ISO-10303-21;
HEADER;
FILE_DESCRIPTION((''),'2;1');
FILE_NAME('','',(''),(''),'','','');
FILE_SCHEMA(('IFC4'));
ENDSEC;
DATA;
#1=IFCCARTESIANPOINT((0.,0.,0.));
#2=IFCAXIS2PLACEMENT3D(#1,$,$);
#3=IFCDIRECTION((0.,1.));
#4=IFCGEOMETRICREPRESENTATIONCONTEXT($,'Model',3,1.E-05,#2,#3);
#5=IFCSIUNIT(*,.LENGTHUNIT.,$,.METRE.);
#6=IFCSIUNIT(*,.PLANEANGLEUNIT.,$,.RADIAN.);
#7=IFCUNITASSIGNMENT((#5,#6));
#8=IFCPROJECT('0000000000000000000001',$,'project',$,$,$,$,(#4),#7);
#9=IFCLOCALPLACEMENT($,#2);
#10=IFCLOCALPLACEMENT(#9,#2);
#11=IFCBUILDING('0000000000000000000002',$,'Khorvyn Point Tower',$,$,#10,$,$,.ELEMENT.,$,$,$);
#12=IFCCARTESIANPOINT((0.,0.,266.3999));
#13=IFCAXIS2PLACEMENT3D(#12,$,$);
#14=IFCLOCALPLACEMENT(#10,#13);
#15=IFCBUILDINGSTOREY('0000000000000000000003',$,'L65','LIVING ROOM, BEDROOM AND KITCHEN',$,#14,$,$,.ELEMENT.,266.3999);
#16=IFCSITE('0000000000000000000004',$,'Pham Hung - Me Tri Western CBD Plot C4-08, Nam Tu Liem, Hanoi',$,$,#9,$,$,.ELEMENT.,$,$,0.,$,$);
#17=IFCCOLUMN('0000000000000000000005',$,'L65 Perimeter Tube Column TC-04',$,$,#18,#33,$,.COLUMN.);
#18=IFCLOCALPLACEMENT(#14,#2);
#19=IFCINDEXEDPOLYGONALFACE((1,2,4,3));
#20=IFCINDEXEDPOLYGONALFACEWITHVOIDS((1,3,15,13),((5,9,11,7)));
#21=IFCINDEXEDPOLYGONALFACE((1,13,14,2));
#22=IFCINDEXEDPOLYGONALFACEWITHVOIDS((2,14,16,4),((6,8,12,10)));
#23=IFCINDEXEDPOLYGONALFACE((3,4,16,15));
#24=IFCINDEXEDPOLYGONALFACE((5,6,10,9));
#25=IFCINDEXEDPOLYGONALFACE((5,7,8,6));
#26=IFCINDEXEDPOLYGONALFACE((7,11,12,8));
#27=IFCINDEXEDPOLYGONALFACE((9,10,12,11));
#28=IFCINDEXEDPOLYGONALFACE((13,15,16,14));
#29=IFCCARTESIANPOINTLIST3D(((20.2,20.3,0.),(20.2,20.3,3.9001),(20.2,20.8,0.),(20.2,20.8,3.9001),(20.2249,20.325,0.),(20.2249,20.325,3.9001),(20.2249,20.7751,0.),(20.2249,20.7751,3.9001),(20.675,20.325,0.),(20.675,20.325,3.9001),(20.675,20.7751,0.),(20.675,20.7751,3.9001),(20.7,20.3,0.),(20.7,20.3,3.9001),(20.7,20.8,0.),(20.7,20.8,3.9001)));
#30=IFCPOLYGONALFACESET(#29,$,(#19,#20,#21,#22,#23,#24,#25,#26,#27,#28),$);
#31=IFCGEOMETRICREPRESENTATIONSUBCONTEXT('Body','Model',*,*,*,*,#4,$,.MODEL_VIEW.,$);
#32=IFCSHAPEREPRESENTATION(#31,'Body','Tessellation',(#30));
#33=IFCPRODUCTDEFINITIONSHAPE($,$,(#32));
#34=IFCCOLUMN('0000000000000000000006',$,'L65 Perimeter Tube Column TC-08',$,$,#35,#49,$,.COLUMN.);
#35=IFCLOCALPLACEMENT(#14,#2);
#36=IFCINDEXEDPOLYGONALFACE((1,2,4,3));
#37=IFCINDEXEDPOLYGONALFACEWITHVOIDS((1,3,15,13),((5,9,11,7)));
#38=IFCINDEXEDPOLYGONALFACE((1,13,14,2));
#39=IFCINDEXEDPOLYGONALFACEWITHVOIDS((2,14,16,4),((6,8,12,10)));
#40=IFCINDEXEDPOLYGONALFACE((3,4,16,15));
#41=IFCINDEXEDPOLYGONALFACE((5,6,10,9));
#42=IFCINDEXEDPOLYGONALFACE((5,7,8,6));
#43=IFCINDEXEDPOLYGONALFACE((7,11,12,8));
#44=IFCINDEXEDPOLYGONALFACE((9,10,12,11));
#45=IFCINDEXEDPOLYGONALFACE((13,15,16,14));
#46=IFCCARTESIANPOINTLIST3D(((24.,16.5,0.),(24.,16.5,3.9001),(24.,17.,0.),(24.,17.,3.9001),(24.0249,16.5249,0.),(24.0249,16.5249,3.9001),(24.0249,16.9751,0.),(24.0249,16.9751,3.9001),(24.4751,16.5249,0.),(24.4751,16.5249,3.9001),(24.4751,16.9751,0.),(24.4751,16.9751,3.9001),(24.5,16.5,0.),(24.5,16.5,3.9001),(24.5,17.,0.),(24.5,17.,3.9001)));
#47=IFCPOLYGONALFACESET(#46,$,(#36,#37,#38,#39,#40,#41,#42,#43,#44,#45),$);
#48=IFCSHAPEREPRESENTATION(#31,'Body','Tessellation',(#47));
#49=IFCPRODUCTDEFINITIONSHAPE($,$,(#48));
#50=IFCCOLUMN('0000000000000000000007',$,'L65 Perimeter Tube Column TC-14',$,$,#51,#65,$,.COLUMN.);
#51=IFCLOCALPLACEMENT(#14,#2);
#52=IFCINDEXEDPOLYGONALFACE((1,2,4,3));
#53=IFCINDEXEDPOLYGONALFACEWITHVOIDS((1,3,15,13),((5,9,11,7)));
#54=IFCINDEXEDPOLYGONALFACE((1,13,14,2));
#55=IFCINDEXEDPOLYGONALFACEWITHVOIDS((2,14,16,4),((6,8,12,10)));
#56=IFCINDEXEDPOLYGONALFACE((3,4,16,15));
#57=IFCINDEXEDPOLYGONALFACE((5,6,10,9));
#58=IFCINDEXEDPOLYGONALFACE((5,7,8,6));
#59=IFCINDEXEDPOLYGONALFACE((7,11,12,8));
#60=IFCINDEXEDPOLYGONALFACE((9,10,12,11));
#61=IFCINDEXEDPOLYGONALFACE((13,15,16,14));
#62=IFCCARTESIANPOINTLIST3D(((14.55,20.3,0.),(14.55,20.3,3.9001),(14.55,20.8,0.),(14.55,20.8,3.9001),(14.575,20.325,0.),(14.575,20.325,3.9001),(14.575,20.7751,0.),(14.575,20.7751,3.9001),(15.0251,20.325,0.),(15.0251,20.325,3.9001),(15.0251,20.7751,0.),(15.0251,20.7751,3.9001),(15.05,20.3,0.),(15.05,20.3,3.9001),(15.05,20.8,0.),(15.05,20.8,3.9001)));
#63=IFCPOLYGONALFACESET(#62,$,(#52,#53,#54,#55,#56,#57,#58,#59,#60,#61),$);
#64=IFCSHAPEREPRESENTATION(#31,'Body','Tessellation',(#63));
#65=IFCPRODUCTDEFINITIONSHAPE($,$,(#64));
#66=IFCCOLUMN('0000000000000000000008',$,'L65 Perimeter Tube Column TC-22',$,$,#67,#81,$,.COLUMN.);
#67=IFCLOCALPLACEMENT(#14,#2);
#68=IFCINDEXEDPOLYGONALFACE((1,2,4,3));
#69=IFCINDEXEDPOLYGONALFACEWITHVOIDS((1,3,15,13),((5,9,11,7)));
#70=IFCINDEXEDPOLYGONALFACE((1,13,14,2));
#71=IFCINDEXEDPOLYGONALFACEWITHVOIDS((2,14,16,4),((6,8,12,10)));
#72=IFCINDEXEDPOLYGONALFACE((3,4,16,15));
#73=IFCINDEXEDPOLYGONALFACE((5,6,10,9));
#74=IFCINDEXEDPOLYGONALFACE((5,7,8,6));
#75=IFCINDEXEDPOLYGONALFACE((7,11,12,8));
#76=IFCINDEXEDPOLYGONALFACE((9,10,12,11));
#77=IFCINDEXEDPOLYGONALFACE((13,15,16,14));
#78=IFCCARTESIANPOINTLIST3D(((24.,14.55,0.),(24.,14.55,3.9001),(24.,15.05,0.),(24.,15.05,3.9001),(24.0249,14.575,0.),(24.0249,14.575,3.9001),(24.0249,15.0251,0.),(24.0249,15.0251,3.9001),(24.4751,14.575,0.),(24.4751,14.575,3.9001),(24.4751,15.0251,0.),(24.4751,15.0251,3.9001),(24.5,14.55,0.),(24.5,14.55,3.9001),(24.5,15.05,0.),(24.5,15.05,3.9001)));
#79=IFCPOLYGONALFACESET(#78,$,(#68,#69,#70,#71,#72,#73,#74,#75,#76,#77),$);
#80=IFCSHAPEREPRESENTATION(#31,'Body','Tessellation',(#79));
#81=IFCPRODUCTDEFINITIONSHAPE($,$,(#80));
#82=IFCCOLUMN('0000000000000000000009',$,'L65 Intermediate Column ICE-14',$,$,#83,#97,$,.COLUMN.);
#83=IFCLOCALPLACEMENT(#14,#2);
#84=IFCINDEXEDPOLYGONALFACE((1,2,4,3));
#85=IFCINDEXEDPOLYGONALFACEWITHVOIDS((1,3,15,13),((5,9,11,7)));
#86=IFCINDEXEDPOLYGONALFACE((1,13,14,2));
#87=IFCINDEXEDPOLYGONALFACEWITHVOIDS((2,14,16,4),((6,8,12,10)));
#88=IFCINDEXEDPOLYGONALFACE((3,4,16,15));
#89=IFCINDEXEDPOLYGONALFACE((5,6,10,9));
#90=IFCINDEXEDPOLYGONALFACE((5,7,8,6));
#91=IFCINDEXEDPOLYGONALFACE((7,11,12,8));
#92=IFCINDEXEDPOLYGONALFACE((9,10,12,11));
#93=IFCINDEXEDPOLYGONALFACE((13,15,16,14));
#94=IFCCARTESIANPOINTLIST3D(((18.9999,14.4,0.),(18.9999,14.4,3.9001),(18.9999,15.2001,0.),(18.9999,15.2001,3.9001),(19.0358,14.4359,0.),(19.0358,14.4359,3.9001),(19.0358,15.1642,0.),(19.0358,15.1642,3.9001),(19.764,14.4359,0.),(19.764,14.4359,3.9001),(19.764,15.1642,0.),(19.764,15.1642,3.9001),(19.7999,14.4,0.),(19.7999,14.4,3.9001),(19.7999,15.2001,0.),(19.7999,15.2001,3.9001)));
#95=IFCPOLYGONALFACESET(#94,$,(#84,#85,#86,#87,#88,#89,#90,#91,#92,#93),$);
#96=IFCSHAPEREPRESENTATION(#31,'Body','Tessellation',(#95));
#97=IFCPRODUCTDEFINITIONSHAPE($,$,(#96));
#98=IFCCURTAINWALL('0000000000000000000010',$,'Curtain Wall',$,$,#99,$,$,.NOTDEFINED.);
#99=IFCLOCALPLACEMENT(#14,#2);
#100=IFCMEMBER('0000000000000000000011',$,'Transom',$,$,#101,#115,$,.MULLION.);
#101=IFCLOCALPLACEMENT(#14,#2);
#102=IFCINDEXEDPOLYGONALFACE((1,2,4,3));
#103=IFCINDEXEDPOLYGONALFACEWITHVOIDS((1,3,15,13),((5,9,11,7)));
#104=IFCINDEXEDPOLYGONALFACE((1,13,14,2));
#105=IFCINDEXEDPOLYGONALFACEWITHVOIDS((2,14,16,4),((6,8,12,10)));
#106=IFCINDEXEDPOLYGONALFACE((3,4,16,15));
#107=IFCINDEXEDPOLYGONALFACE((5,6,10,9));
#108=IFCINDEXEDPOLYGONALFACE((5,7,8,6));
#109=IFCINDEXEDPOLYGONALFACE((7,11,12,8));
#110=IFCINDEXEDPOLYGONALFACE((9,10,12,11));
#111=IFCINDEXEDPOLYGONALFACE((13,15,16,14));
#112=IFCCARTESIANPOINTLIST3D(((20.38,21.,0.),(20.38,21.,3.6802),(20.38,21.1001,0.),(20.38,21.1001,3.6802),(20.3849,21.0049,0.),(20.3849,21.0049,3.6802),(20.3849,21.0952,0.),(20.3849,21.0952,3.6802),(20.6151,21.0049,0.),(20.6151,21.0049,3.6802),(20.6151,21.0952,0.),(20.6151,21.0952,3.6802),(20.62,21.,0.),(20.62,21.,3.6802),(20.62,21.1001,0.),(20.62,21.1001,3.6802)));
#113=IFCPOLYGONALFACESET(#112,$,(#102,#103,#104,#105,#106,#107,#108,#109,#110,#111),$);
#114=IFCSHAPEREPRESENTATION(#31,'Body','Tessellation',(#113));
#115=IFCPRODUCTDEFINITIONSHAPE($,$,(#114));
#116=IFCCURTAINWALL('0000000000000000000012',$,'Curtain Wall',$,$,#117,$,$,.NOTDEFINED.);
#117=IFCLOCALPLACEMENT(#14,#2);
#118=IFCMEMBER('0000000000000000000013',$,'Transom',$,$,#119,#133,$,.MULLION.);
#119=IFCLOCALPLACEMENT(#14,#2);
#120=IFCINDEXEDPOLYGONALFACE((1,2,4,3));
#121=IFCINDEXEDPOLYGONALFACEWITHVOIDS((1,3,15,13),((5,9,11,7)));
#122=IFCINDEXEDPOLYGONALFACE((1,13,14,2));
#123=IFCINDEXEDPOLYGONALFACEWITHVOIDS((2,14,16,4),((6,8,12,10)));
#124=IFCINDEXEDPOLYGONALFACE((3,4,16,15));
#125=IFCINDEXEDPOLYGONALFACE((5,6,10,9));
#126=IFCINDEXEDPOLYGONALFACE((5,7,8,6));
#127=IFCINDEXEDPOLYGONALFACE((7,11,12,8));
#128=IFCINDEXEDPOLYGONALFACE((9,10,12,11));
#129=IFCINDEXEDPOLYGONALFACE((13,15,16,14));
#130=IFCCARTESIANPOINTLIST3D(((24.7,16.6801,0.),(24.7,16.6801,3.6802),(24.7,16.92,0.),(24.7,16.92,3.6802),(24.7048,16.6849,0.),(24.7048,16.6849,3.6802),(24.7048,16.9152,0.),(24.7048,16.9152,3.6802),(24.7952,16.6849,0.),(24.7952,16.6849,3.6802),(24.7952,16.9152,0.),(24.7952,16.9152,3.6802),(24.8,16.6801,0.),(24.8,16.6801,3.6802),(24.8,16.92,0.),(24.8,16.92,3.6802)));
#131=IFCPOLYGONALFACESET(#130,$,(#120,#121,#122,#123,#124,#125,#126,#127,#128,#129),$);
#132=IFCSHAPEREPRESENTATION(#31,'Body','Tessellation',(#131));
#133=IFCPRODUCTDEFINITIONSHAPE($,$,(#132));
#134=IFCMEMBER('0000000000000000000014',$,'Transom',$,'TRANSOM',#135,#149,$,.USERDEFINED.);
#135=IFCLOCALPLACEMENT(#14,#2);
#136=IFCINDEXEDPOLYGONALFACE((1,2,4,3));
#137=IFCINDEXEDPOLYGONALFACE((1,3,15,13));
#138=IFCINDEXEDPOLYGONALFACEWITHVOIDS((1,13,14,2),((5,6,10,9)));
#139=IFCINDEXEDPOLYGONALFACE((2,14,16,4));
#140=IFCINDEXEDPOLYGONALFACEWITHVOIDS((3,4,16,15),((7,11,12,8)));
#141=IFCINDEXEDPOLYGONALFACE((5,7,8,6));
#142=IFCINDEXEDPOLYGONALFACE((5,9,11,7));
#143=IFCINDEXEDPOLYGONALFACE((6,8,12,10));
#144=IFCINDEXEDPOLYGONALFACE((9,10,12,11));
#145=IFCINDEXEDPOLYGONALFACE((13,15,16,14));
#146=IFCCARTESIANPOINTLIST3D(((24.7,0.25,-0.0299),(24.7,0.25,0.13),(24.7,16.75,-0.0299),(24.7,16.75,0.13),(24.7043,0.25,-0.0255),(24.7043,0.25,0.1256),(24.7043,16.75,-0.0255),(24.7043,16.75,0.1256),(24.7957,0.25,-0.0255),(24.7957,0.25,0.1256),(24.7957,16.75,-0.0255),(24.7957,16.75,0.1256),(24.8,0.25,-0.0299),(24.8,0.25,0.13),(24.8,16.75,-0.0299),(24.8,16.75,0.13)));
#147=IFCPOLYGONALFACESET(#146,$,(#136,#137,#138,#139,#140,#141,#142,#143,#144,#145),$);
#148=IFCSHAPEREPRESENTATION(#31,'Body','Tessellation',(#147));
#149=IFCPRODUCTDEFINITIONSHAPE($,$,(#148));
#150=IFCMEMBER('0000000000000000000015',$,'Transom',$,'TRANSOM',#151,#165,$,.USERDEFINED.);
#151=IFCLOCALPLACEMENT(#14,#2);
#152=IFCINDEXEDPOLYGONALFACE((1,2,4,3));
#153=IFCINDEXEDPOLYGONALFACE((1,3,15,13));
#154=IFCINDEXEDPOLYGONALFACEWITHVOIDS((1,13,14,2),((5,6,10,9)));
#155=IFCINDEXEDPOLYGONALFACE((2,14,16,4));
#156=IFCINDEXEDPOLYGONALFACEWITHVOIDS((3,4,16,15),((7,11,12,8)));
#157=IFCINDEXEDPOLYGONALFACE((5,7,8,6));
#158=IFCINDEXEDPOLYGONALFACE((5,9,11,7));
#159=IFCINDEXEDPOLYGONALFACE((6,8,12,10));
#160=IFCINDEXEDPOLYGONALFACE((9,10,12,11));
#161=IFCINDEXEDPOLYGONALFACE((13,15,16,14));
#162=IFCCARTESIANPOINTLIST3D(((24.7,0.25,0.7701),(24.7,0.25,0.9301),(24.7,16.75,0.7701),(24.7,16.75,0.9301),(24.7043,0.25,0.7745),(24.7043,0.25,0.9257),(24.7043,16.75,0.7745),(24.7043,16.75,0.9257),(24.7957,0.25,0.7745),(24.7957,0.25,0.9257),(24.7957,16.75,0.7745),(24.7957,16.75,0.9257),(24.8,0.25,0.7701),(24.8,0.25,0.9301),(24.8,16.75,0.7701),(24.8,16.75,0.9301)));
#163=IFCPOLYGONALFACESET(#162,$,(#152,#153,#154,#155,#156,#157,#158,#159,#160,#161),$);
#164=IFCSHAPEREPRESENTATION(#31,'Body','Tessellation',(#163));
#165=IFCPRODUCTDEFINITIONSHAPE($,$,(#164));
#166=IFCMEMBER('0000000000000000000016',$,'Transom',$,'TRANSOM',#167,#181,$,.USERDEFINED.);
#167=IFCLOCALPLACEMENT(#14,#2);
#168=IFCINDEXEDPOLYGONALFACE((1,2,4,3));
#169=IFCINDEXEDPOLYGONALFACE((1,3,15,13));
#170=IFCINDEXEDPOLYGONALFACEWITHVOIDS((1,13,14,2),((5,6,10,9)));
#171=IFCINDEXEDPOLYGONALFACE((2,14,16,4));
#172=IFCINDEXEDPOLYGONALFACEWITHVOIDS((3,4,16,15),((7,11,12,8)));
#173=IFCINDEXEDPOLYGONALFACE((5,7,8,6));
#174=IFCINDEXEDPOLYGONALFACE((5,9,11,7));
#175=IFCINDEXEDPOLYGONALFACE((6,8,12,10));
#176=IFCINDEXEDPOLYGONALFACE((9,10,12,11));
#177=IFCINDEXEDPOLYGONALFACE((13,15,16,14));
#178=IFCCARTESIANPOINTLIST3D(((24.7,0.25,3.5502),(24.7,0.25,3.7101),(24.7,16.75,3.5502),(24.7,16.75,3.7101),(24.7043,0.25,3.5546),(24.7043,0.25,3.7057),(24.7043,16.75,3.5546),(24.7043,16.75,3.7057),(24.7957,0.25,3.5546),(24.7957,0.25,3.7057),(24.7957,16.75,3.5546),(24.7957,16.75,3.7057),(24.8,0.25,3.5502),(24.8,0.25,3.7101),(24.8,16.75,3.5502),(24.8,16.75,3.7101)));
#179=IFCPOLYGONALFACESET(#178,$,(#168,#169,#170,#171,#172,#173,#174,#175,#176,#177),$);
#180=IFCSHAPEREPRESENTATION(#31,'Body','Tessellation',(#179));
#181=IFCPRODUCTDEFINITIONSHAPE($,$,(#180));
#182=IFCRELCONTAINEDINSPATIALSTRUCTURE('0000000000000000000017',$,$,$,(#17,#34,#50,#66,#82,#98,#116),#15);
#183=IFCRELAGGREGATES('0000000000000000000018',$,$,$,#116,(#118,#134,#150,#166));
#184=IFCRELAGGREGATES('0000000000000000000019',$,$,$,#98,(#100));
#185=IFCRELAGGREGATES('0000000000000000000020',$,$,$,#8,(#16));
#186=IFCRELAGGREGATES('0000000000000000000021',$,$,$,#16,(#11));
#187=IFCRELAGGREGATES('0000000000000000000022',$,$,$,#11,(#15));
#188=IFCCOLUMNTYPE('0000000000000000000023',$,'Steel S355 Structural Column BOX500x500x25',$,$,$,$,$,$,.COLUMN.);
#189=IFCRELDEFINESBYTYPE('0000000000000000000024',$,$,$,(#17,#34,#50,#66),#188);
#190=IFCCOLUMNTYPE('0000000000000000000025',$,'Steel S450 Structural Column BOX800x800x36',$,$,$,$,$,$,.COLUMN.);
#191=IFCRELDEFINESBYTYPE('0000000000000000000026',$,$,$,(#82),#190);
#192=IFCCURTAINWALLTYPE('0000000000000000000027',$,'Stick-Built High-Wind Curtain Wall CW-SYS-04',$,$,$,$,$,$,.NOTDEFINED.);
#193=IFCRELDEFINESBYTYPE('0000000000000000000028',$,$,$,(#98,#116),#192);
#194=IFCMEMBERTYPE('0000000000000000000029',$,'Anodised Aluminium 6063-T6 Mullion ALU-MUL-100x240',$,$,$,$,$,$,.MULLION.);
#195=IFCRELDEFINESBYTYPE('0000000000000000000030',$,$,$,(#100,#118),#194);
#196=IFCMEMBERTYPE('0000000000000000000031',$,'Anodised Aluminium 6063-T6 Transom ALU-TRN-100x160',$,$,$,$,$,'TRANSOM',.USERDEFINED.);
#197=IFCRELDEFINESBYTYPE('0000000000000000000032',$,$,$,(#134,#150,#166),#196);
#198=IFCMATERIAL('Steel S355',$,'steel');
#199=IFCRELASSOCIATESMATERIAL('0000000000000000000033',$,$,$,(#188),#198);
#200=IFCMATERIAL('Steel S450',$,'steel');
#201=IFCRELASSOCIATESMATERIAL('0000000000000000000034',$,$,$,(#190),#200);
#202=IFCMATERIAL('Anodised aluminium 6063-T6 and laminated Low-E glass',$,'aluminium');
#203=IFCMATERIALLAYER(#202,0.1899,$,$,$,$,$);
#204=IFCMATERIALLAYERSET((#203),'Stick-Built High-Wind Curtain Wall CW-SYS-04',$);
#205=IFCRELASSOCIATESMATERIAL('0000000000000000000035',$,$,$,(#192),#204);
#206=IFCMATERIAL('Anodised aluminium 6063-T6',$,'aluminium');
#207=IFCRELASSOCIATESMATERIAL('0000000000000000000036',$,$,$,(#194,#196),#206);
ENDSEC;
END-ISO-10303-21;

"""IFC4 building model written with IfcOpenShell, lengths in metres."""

from ifc_helpers import new_model, si_unit, direction, frame, origin, origin_2d, place, context, subcontext, project, spatial, hollow_rectangle, extrude, material, layer, layer_set, material_profile, profile_set, type_object, element, aggregate, save


model = new_model("IFC4")

# Units and contexts
model_context = context("Model", 3, precision=1e-05, world=origin(), true_north=direction((0.0, 1.0)))
body_context = subcontext(model_context, "Body", "Model", "MODEL_VIEW")
ifc_project = project(units=[si_unit("LENGTHUNIT", "METRE"), si_unit("PLANEANGLEUNIT", "RADIAN")], contexts=[model_context])

# Site, building, storey
site_placement = place(None, origin())
site = spatial("IfcSite", under=ifc_project, at=site_placement, Name="Pham Hung - Me Tri Western CBD Plot C4-08, Nam Tu Liem, Hanoi", CompositionType="ELEMENT", RefElevation=0.0)
building_placement = place(site_placement, origin())
building = spatial("IfcBuilding", under=site, at=building_placement, Name="Khorvyn Point Tower", CompositionType="ELEMENT")
storey_placement = place(building_placement, frame((0.0, 0.0, 266.3999)))
storey = spatial("IfcBuildingStorey", under=building, at=storey_placement, Name="L65", Description="LIVING ROOM, BEDROOM AND KITCHEN", CompositionType="ELEMENT", Elevation=266.3999)

# Columns
ifc_material_1 = material(Name="Steel S355", Category="steel")
ifc_material_profile_1 = material_profile(ifc_material_1, hollow_rectangle(XDim=0.5, YDim=0.5, WallThickness=0.0249, at=origin_2d()))
ifc_profile_set_1 = profile_set([ifc_material_profile_1], Name="Steel S355 BOX500x500x25")
column_type_1 = type_object("IfcColumnType", Name="Steel S355 Structural Column BOX500x500x25", PredefinedType="COLUMN", material=ifc_profile_set_1)
for number, where, z_axis, x_axis, name in (
    (1, (20.45, 20.55, 0.0), (0.0, 0.0, 1.0), (1.0, 0.0, 0.0), "L65 Perimeter Tube Column TC-04"),
    (2, (24.25, 16.75, 0.0), (0.0, 0.0, 1.0), (1.0, 0.0, 0.0), "L65 Perimeter Tube Column TC-08"),
    (3, (14.8, 20.55, 0.0), (0.0, 0.0, 1.0), (1.0, 0.0, 0.0), "L65 Perimeter Tube Column TC-14"),
    (4, (24.25, 14.8, 0.0), (0.0, 0.0, 1.0), (1.0, 0.0, 0.0), "L65 Perimeter Tube Column TC-22"),
):
    element("IfcColumn", number, at=place(storey_placement, frame(where, z_axis=z_axis, x_axis=x_axis)), inside=storey, type_object=column_type_1, Name=name, PredefinedType="COLUMN", context=body_context, shape_type="SweptSolid", body=[
        extrude(hollow_rectangle(XDim=0.5, YDim=0.5, WallThickness=0.0249, at=origin_2d()), origin(), (0.0, 0.0, 1.0), 3.9001),
    ])
ifc_material_2 = material(Name="Steel S450", Category="steel")
ifc_material_profile_2 = material_profile(ifc_material_2, hollow_rectangle(XDim=0.8, YDim=0.8, WallThickness=0.0359, at=origin_2d()))
ifc_profile_set_2 = profile_set([ifc_material_profile_2], Name="Steel S450 BOX800x800x36")
column_type_2 = type_object("IfcColumnType", Name="Steel S450 Structural Column BOX800x800x36", PredefinedType="COLUMN", material=ifc_profile_set_2)
column_placement = place(storey_placement, frame((19.3999, 14.8, 0.0), z_axis=(0.0, 0.0, 1.0), x_axis=(1.0, 0.0, 0.0)))
element("IfcColumn", 5, at=column_placement, inside=storey, type_object=column_type_2, Name="L65 Intermediate Column ICE-14", PredefinedType="COLUMN", context=body_context, shape_type="SweptSolid", body=[
    extrude(hollow_rectangle(XDim=0.8, YDim=0.8, WallThickness=0.0359, at=origin_2d()), origin(), (0.0, 0.0, 1.0), 3.9001),
])

# Curtain wall, member
ifc_material_3 = material(Name="Anodised aluminium 6063-T6 and laminated Low-E glass", Category="aluminium")
ifc_layer_1 = layer(ifc_material_3, 0.1899)
ifc_layer_set_1 = layer_set([ifc_layer_1], Name="Stick-Built High-Wind Curtain Wall CW-SYS-04")
curtain_wall_type = type_object("IfcCurtainWallType", Name="Stick-Built High-Wind Curtain Wall CW-SYS-04", PredefinedType="NOTDEFINED", material=ifc_layer_set_1)
curtain_wall_1_placement = place(storey_placement, origin())
curtain_wall_1 = element("IfcCurtainWall", 6, at=curtain_wall_1_placement, inside=storey, type_object=curtain_wall_type, Name="Curtain Wall", PredefinedType="NOTDEFINED")
ifc_material_4 = material(Name="Anodised aluminium 6063-T6", Category="aluminium")
ifc_material_profile_3 = material_profile(ifc_material_4, hollow_rectangle(XDim=0.1001, YDim=0.24, WallThickness=0.0049, at=origin_2d()))
ifc_profile_set_3 = profile_set([ifc_material_profile_3], Name="Anodised aluminium 6063-T6 ALU-MUL-100x240")
member_type_1 = type_object("IfcMemberType", Name="Anodised Aluminium 6063-T6 Mullion ALU-MUL-100x240", PredefinedType="MULLION", material=ifc_profile_set_3)
member_1_placement = place(storey_placement, frame((20.5, 21.05, 0.0), z_axis=(0.0, 0.0, 1.0), x_axis=(0.0, 1.0, 0.0)))
member_1 = element("IfcMember", 7, at=member_1_placement, type_object=member_type_1, Name="Transom", PredefinedType="MULLION", context=body_context, shape_type="SweptSolid", body=[
    extrude(hollow_rectangle(XDim=0.1001, YDim=0.24, WallThickness=0.0049, at=origin_2d()), origin(), (0.0, 0.0, 1.0), 3.6802),
])

# Curtain wall, members
curtain_wall_2_placement = place(storey_placement, origin())
curtain_wall_2 = element("IfcCurtainWall", 8, at=curtain_wall_2_placement, inside=storey, type_object=curtain_wall_type, Name="Curtain Wall", PredefinedType="NOTDEFINED")
member_2_placement = place(storey_placement, frame((24.75, 16.8, 0.0), z_axis=(0.0, 0.0, 1.0), x_axis=(1.0, 0.0, 0.0)))
member_2 = element("IfcMember", 9, at=member_2_placement, type_object=member_type_1, Name="Transom", PredefinedType="MULLION", context=body_context, shape_type="SweptSolid", body=[
    extrude(hollow_rectangle(XDim=0.1001, YDim=0.24, WallThickness=0.0049, at=origin_2d()), origin(), (0.0, 0.0, 1.0), 3.6802),
])
ifc_material_profile_4 = material_profile(ifc_material_4, hollow_rectangle(XDim=0.1001, YDim=0.1599, WallThickness=0.0044, at=origin_2d()))
ifc_profile_set_4 = profile_set([ifc_material_profile_4], Name="Anodised aluminium 6063-T6 ALU-TRN-100x160")
member_type_2 = type_object("IfcMemberType", Name="Anodised Aluminium 6063-T6 Transom ALU-TRN-100x160", ElementType="TRANSOM", PredefinedType="USERDEFINED", material=ifc_profile_set_4)
member_3_placement = place(storey_placement, frame((24.75, 16.75, 0.05), z_axis=(0.0, -1.0, 0.0), x_axis=(1.0, 0.0, 0.0)))
member_3 = element("IfcMember", 10, at=member_3_placement, type_object=member_type_2, Name="Transom", ObjectType="TRANSOM", PredefinedType="USERDEFINED", context=body_context, shape_type="SweptSolid", body=[
    extrude(hollow_rectangle(XDim=0.1001, YDim=0.1599, WallThickness=0.0044, at=origin_2d()), origin(), (0.0, 0.0, 1.0), 16.5),
])
member_4_placement = place(storey_placement, frame((24.75, 16.75, 0.8501), z_axis=(0.0, -1.0, 0.0), x_axis=(1.0, 0.0, 0.0)))
member_4 = element("IfcMember", 11, at=member_4_placement, type_object=member_type_2, Name="Transom", ObjectType="TRANSOM", PredefinedType="USERDEFINED", context=body_context, shape_type="SweptSolid", body=[
    extrude(hollow_rectangle(XDim=0.1001, YDim=0.1599, WallThickness=0.0044, at=origin_2d()), origin(), (0.0, 0.0, 1.0), 16.5),
])
member_5_placement = place(storey_placement, frame((24.75, 16.75, 3.6301), z_axis=(0.0, -1.0, 0.0), x_axis=(1.0, 0.0, 0.0)))
member_5 = element("IfcMember", 12, at=member_5_placement, type_object=member_type_2, Name="Transom", ObjectType="TRANSOM", PredefinedType="USERDEFINED", context=body_context, shape_type="SweptSolid", body=[
    extrude(hollow_rectangle(XDim=0.1001, YDim=0.1599, WallThickness=0.0044, at=origin_2d()), origin(), (0.0, 0.0, 1.0), 16.5),
])
aggregate(curtain_wall_2, [member_2, member_3, member_4, member_5])

aggregate(curtain_wall_1, [member_1])

save(model, "model.ifc")
